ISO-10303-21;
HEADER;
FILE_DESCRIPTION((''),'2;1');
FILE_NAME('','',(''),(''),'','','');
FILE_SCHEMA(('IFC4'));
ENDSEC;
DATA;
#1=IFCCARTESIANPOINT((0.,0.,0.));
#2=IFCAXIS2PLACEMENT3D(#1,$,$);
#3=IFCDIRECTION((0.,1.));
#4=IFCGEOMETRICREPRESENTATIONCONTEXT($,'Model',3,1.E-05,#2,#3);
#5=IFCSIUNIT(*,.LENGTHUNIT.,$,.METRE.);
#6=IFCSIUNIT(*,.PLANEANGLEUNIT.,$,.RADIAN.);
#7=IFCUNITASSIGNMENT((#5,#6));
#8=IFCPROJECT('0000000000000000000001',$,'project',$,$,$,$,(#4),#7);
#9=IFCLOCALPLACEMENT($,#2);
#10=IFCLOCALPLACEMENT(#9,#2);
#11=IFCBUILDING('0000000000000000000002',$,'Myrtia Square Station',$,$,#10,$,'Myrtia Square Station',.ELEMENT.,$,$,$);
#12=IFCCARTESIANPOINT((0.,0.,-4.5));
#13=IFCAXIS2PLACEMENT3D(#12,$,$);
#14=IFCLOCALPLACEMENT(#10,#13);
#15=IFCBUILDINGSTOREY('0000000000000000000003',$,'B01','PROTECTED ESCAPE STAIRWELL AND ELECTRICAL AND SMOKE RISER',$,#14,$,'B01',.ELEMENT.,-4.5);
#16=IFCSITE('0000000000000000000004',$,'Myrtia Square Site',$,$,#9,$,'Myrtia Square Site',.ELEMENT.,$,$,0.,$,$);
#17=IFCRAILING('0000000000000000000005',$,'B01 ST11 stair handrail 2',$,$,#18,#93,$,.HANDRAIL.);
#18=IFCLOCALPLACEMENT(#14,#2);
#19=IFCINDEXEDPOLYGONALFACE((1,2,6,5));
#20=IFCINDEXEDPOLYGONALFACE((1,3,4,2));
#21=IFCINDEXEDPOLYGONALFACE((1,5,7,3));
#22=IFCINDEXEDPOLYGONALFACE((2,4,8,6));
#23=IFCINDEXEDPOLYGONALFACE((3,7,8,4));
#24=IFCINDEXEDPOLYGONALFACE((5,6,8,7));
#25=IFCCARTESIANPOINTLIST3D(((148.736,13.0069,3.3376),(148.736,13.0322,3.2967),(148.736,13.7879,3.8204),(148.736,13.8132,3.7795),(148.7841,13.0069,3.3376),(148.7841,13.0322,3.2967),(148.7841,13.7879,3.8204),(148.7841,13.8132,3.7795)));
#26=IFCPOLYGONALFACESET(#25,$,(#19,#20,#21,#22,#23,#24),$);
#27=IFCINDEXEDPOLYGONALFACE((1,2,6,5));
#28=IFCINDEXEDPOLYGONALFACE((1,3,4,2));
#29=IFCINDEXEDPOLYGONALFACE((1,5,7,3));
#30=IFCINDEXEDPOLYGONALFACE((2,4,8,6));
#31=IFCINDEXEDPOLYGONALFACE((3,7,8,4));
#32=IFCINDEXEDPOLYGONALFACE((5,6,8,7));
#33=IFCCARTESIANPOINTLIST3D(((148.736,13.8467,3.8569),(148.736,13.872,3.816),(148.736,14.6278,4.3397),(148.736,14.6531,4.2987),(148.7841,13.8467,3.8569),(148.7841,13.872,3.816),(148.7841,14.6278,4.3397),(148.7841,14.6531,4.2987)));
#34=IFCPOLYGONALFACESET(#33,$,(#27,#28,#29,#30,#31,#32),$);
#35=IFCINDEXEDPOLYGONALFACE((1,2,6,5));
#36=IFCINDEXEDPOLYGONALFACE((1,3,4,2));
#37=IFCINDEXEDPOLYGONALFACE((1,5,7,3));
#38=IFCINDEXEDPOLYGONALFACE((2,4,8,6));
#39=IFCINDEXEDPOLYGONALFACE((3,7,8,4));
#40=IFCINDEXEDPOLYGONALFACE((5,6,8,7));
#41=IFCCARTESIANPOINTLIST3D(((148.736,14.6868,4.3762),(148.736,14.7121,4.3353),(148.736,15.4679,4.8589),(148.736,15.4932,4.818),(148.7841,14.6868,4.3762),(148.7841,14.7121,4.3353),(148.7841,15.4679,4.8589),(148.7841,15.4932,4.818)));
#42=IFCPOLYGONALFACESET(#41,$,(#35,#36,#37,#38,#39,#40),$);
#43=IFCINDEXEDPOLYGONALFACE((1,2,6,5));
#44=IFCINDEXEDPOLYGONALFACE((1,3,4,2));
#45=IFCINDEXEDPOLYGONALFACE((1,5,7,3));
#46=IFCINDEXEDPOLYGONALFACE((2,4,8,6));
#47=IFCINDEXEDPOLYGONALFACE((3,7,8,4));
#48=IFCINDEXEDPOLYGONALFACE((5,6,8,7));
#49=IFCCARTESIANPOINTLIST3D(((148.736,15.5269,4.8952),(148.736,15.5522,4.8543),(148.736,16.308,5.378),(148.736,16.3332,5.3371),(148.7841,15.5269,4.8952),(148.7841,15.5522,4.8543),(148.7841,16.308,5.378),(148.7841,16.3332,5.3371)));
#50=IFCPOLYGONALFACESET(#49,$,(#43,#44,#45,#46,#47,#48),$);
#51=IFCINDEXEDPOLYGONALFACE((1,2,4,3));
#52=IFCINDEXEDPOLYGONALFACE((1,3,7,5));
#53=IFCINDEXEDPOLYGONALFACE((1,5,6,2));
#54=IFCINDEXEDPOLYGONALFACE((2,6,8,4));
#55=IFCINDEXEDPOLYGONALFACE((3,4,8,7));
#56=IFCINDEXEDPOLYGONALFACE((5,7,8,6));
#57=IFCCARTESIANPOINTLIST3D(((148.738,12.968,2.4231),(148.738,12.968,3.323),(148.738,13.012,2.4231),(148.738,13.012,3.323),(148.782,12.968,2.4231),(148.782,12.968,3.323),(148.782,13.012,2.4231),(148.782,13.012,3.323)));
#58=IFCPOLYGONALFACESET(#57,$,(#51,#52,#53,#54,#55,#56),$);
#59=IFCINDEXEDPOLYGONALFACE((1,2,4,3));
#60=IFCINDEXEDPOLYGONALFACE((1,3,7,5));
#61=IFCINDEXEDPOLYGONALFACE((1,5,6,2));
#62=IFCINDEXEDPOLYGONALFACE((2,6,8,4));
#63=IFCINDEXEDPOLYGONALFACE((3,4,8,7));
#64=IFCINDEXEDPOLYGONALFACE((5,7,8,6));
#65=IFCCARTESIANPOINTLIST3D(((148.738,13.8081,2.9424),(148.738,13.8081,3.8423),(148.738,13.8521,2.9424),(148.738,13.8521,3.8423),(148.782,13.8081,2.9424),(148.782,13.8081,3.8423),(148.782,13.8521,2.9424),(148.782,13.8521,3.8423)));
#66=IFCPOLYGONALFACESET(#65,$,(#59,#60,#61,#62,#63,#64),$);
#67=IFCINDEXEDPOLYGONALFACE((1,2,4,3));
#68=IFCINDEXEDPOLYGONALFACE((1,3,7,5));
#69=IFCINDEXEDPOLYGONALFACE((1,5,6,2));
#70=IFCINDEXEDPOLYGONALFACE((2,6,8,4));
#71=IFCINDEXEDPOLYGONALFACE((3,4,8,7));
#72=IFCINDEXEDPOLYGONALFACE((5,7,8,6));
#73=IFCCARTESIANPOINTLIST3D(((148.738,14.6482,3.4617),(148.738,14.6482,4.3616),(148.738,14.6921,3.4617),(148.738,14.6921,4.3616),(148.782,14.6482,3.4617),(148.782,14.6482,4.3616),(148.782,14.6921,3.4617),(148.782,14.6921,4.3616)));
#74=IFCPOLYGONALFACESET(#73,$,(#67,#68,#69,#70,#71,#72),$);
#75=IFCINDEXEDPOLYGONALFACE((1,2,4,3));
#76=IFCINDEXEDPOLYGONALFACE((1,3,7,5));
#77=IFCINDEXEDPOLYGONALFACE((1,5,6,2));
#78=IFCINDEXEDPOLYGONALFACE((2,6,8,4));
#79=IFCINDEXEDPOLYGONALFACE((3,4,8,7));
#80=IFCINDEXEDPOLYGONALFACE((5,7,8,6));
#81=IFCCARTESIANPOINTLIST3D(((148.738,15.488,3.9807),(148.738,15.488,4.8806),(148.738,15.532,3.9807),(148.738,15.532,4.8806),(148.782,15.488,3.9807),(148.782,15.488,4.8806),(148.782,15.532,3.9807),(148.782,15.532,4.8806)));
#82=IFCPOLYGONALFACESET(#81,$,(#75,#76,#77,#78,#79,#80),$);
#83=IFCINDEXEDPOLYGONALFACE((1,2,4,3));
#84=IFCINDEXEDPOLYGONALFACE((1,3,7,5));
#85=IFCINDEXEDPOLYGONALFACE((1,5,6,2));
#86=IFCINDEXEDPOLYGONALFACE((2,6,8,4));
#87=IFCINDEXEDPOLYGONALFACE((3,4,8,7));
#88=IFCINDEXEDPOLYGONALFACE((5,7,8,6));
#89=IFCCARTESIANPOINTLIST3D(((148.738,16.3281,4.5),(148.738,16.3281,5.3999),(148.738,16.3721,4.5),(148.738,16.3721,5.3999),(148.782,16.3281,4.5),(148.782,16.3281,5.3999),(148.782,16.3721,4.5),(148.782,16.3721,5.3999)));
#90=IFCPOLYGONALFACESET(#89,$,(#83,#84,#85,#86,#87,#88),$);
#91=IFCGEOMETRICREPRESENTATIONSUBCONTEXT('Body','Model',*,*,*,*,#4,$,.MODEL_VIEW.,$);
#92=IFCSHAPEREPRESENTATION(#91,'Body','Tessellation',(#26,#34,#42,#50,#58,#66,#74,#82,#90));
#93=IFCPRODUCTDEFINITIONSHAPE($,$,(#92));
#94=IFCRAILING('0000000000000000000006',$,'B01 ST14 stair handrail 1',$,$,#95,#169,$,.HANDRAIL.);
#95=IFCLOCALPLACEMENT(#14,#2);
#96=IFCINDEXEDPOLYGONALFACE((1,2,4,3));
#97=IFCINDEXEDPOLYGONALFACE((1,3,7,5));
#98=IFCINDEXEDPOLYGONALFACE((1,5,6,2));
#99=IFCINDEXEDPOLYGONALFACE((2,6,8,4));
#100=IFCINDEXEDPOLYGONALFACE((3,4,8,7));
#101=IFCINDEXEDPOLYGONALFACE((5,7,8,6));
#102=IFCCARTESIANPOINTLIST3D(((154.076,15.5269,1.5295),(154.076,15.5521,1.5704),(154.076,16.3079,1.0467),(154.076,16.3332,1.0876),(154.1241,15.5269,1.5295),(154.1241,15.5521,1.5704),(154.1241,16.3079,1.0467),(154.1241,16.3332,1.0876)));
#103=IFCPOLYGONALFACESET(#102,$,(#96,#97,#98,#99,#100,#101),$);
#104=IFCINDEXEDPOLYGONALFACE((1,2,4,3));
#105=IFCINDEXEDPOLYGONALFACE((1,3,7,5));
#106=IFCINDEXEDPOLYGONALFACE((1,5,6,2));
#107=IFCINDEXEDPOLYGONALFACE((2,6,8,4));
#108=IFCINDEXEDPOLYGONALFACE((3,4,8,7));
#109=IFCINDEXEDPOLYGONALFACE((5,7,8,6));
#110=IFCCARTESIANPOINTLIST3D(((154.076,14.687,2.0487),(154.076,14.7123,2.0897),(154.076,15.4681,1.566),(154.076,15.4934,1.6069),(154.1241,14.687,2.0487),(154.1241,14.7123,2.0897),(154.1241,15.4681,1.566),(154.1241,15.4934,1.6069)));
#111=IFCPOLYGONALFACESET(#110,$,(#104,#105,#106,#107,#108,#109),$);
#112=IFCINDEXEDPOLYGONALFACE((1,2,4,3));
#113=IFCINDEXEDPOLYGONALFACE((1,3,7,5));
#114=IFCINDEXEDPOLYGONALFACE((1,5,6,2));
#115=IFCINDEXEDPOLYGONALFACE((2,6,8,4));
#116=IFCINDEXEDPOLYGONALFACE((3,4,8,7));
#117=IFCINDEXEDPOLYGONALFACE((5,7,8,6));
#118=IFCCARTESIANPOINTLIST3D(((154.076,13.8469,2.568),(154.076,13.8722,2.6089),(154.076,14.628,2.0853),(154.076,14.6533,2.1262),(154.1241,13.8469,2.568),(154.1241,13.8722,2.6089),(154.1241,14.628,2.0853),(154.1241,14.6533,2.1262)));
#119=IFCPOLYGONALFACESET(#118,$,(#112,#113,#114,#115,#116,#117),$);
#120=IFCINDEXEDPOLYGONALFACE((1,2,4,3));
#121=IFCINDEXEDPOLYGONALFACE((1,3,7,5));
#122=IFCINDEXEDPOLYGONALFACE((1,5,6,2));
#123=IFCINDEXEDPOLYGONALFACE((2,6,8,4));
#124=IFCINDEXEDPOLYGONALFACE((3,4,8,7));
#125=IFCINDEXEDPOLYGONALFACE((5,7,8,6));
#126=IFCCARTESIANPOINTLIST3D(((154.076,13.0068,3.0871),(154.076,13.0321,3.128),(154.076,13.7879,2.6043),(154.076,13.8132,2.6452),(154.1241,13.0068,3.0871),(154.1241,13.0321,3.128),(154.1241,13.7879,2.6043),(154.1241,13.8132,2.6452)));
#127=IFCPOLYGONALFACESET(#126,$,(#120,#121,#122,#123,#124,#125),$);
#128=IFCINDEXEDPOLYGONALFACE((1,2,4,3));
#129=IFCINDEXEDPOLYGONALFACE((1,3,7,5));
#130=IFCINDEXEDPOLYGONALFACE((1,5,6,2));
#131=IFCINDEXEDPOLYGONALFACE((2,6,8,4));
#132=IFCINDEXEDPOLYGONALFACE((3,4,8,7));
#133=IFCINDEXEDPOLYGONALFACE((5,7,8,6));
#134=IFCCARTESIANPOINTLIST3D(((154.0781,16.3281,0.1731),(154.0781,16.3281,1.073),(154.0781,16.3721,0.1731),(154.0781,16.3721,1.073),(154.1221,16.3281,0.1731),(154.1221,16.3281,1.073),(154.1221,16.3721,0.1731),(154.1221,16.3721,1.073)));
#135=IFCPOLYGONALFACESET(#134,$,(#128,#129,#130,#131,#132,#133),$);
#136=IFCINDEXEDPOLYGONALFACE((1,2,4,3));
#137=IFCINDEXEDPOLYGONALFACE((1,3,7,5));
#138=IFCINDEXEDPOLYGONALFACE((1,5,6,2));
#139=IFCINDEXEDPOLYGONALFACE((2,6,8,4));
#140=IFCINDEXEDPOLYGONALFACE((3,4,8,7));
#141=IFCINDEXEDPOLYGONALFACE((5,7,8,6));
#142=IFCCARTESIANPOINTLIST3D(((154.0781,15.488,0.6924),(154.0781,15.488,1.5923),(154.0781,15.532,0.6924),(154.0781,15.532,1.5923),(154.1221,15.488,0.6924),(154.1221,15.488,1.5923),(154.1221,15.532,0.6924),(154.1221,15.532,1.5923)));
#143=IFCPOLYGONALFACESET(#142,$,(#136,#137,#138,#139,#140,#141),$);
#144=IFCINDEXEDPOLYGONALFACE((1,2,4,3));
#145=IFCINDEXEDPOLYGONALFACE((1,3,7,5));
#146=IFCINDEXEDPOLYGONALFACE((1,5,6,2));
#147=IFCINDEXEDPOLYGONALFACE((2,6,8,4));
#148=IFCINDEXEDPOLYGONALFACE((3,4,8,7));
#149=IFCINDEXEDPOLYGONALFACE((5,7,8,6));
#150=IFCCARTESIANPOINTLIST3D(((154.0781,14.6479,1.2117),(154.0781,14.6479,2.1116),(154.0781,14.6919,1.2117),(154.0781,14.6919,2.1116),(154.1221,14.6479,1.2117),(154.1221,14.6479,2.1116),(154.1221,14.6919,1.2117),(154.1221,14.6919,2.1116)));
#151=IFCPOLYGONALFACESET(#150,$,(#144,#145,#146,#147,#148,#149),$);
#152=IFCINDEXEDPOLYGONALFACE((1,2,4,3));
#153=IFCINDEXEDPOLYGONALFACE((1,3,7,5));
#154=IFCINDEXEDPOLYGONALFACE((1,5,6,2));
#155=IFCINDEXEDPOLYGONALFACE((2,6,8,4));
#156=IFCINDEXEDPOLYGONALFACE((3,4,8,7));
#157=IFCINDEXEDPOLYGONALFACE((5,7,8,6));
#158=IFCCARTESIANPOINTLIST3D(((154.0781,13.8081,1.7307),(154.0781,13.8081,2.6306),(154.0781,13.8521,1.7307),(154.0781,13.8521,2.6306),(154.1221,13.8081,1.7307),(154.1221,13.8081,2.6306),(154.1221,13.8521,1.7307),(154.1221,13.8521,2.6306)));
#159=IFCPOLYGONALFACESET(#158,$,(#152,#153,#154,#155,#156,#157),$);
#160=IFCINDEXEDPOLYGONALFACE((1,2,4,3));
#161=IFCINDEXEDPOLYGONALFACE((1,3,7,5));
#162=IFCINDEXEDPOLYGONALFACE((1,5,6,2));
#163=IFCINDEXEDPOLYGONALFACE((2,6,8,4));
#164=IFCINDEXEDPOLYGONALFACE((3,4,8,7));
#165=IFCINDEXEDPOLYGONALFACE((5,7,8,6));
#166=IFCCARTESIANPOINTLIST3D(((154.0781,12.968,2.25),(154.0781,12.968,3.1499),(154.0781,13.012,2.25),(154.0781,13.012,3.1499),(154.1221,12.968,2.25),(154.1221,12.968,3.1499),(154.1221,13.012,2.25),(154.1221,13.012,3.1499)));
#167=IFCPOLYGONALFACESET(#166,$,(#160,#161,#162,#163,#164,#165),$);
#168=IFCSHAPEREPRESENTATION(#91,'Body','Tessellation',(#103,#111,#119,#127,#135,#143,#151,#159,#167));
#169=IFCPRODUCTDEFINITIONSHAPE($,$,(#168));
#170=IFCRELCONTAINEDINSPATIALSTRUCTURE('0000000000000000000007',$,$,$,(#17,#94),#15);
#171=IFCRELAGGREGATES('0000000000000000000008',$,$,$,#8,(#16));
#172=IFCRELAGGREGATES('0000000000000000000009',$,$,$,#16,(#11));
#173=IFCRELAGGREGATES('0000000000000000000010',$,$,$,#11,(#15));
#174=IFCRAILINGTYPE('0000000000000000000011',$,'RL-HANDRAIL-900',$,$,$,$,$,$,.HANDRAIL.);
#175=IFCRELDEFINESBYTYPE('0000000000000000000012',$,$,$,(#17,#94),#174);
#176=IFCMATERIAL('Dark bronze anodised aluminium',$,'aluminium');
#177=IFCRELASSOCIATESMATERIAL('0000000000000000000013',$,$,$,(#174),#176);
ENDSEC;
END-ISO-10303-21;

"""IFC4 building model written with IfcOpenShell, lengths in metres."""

from ifc_helpers import new_model, si_unit, direction, frame, origin, origin_2d, place, context, subcontext, project, spatial, rectangle, extrude, material, type_object, element, save


model = new_model("IFC4")

# Units and contexts
model_context = context("Model", 3, precision=1e-05, world=origin(), true_north=direction((0.0, 1.0)))
body_context = subcontext(model_context, "Body", "Model", "MODEL_VIEW")
ifc_project = project(units=[si_unit("LENGTHUNIT", "METRE"), si_unit("PLANEANGLEUNIT", "RADIAN")], contexts=[model_context])

# Site, building, storey
site_placement = place(None, origin())
site = spatial("IfcSite", under=ifc_project, at=site_placement, Name="Myrtia Square Site", LongName="Myrtia Square Site", CompositionType="ELEMENT", RefElevation=0.0)
building_placement = place(site_placement, origin())
building = spatial("IfcBuilding", under=site, at=building_placement, Name="Myrtia Square Station", LongName="Myrtia Square Station", CompositionType="ELEMENT")
storey_placement = place(building_placement, frame((0.0, 0.0, -4.5)))
storey = spatial("IfcBuildingStorey", under=building, at=storey_placement, Name="B01", Description="PROTECTED ESCAPE STAIRWELL AND ELECTRICAL AND SMOKE RISER", LongName="B01", CompositionType="ELEMENT", Elevation=-4.5)

# Shared definitions
ifc_material_1 = material(Name="Dark bronze anodised aluminium", Category="aluminium")

# Railings
railing_type_1 = type_object("IfcRailingType", Name="RL-HANDRAIL-900", PredefinedType="HANDRAIL", material=ifc_material_1)
railing_1_placement = place(storey_placement, frame((148.76, 12.99, 2.4231)))
element("IfcRailing", 1, at=railing_1_placement, inside=storey, type_object=railing_type_1, Name="B01 ST11 stair handrail 2", PredefinedType="HANDRAIL", context=body_context, shape_type="SweptSolid", body=[
    extrude(rectangle(XDim=0.0481, YDim=0.0481, at=origin_2d()), frame((0.0, 0.0295, 0.894), z_axis=(0.0, 0.850623, 0.525776), x_axis=(-1.0, 0.0, 0.0)), (0.0, 0.0, 1.0), 0.9182),
    extrude(rectangle(XDim=0.0481, YDim=0.0481, at=origin_2d()), frame((0.0, 0.8694, 1.4133), z_axis=(0.0, 0.850623, 0.525776), x_axis=(-1.0, 0.0, 0.0)), (0.0, 0.0, 1.0), 0.9182),
    extrude(rectangle(XDim=0.0481, YDim=0.0481, at=origin_2d()), frame((0.0, 1.7095, 1.9326), z_axis=(0.0, 0.850623, 0.525776), x_axis=(-1.0, 0.0, 0.0)), (0.0, 0.0, 1.0), 0.9182),
    extrude(rectangle(XDim=0.0481, YDim=0.0481, at=origin_2d()), frame((0.0, 2.5496, 2.4517), z_axis=(0.0, 0.850623, 0.525776), x_axis=(-1.0, 0.0, 0.0)), (0.0, 0.0, 1.0), 0.9182),
    extrude(rectangle(XDim=0.0439, YDim=0.0439, at=origin_2d()), origin(), (0.0, 0.0, 1.0), 0.8999),
    extrude(rectangle(XDim=0.0439, YDim=0.0439, at=origin_2d()), frame((0.0, 0.8401, 0.5193)), (0.0, 0.0, 1.0), 0.8999),
    extrude(rectangle(XDim=0.0439, YDim=0.0439, at=origin_2d()), frame((0.0, 1.6802, 1.0386)), (0.0, 0.0, 1.0), 0.8999),
    extrude(rectangle(XDim=0.0439, YDim=0.0439, at=origin_2d()), frame((0.0, 2.52, 1.5576)), (0.0, 0.0, 1.0), 0.8999),
    extrude(rectangle(XDim=0.0439, YDim=0.0439, at=origin_2d()), frame((0.0, 3.3601, 2.0769)), (0.0, 0.0, 1.0), 0.8999),
])
railing_2_placement = place(storey_placement, frame((154.1001, 16.3501, 0.1731)))
element("IfcRailing", 2, at=railing_2_placement, inside=storey, type_object=railing_type_1, Name="B01 ST14 stair handrail 1", PredefinedType="HANDRAIL", context=body_context, shape_type="SweptSolid", body=[
    extrude(rectangle(XDim=0.0481, YDim=0.0481, at=origin_2d()), frame((0.0, -0.0295, 0.894), z_axis=(0.0, -0.850623, 0.525776), x_axis=(1.0, 0.0, 0.0)), (0.0, 0.0, 1.0), 0.9182),
    extrude(rectangle(XDim=0.0481, YDim=0.0481, at=origin_2d()), frame((0.0, -0.8694, 1.4133), z_axis=(0.0, -0.850623, 0.525776), x_axis=(1.0, 0.0, 0.0)), (0.0, 0.0, 1.0), 0.9182),
    extrude(rectangle(XDim=0.0481, YDim=0.0481, at=origin_2d()), frame((0.0, -1.7095, 1.9326), z_axis=(0.0, -0.850623, 0.525776), x_axis=(1.0, 0.0, 0.0)), (0.0, 0.0, 1.0), 0.9182),
    extrude(rectangle(XDim=0.0481, YDim=0.0481, at=origin_2d()), frame((0.0, -2.5496, 2.4517), z_axis=(0.0, -0.850623, 0.525776), x_axis=(1.0, 0.0, 0.0)), (0.0, 0.0, 1.0), 0.9182),
    extrude(rectangle(XDim=0.0439, YDim=0.0439, at=origin_2d()), origin(), (0.0, 0.0, 1.0), 0.8999),
    extrude(rectangle(XDim=0.0439, YDim=0.0439, at=origin_2d()), frame((0.0, -0.8401, 0.5193)), (0.0, 0.0, 1.0), 0.8999),
    extrude(rectangle(XDim=0.0439, YDim=0.0439, at=origin_2d()), frame((0.0, -1.6802, 1.0386)), (0.0, 0.0, 1.0), 0.8999),
    extrude(rectangle(XDim=0.0439, YDim=0.0439, at=origin_2d()), frame((0.0, -2.52, 1.5576)), (0.0, 0.0, 1.0), 0.8999),
    extrude(rectangle(XDim=0.0439, YDim=0.0439, at=origin_2d()), frame((0.0, -3.3601, 2.0769)), (0.0, 0.0, 1.0), 0.8999),
])

save(model, "model.ifc")
